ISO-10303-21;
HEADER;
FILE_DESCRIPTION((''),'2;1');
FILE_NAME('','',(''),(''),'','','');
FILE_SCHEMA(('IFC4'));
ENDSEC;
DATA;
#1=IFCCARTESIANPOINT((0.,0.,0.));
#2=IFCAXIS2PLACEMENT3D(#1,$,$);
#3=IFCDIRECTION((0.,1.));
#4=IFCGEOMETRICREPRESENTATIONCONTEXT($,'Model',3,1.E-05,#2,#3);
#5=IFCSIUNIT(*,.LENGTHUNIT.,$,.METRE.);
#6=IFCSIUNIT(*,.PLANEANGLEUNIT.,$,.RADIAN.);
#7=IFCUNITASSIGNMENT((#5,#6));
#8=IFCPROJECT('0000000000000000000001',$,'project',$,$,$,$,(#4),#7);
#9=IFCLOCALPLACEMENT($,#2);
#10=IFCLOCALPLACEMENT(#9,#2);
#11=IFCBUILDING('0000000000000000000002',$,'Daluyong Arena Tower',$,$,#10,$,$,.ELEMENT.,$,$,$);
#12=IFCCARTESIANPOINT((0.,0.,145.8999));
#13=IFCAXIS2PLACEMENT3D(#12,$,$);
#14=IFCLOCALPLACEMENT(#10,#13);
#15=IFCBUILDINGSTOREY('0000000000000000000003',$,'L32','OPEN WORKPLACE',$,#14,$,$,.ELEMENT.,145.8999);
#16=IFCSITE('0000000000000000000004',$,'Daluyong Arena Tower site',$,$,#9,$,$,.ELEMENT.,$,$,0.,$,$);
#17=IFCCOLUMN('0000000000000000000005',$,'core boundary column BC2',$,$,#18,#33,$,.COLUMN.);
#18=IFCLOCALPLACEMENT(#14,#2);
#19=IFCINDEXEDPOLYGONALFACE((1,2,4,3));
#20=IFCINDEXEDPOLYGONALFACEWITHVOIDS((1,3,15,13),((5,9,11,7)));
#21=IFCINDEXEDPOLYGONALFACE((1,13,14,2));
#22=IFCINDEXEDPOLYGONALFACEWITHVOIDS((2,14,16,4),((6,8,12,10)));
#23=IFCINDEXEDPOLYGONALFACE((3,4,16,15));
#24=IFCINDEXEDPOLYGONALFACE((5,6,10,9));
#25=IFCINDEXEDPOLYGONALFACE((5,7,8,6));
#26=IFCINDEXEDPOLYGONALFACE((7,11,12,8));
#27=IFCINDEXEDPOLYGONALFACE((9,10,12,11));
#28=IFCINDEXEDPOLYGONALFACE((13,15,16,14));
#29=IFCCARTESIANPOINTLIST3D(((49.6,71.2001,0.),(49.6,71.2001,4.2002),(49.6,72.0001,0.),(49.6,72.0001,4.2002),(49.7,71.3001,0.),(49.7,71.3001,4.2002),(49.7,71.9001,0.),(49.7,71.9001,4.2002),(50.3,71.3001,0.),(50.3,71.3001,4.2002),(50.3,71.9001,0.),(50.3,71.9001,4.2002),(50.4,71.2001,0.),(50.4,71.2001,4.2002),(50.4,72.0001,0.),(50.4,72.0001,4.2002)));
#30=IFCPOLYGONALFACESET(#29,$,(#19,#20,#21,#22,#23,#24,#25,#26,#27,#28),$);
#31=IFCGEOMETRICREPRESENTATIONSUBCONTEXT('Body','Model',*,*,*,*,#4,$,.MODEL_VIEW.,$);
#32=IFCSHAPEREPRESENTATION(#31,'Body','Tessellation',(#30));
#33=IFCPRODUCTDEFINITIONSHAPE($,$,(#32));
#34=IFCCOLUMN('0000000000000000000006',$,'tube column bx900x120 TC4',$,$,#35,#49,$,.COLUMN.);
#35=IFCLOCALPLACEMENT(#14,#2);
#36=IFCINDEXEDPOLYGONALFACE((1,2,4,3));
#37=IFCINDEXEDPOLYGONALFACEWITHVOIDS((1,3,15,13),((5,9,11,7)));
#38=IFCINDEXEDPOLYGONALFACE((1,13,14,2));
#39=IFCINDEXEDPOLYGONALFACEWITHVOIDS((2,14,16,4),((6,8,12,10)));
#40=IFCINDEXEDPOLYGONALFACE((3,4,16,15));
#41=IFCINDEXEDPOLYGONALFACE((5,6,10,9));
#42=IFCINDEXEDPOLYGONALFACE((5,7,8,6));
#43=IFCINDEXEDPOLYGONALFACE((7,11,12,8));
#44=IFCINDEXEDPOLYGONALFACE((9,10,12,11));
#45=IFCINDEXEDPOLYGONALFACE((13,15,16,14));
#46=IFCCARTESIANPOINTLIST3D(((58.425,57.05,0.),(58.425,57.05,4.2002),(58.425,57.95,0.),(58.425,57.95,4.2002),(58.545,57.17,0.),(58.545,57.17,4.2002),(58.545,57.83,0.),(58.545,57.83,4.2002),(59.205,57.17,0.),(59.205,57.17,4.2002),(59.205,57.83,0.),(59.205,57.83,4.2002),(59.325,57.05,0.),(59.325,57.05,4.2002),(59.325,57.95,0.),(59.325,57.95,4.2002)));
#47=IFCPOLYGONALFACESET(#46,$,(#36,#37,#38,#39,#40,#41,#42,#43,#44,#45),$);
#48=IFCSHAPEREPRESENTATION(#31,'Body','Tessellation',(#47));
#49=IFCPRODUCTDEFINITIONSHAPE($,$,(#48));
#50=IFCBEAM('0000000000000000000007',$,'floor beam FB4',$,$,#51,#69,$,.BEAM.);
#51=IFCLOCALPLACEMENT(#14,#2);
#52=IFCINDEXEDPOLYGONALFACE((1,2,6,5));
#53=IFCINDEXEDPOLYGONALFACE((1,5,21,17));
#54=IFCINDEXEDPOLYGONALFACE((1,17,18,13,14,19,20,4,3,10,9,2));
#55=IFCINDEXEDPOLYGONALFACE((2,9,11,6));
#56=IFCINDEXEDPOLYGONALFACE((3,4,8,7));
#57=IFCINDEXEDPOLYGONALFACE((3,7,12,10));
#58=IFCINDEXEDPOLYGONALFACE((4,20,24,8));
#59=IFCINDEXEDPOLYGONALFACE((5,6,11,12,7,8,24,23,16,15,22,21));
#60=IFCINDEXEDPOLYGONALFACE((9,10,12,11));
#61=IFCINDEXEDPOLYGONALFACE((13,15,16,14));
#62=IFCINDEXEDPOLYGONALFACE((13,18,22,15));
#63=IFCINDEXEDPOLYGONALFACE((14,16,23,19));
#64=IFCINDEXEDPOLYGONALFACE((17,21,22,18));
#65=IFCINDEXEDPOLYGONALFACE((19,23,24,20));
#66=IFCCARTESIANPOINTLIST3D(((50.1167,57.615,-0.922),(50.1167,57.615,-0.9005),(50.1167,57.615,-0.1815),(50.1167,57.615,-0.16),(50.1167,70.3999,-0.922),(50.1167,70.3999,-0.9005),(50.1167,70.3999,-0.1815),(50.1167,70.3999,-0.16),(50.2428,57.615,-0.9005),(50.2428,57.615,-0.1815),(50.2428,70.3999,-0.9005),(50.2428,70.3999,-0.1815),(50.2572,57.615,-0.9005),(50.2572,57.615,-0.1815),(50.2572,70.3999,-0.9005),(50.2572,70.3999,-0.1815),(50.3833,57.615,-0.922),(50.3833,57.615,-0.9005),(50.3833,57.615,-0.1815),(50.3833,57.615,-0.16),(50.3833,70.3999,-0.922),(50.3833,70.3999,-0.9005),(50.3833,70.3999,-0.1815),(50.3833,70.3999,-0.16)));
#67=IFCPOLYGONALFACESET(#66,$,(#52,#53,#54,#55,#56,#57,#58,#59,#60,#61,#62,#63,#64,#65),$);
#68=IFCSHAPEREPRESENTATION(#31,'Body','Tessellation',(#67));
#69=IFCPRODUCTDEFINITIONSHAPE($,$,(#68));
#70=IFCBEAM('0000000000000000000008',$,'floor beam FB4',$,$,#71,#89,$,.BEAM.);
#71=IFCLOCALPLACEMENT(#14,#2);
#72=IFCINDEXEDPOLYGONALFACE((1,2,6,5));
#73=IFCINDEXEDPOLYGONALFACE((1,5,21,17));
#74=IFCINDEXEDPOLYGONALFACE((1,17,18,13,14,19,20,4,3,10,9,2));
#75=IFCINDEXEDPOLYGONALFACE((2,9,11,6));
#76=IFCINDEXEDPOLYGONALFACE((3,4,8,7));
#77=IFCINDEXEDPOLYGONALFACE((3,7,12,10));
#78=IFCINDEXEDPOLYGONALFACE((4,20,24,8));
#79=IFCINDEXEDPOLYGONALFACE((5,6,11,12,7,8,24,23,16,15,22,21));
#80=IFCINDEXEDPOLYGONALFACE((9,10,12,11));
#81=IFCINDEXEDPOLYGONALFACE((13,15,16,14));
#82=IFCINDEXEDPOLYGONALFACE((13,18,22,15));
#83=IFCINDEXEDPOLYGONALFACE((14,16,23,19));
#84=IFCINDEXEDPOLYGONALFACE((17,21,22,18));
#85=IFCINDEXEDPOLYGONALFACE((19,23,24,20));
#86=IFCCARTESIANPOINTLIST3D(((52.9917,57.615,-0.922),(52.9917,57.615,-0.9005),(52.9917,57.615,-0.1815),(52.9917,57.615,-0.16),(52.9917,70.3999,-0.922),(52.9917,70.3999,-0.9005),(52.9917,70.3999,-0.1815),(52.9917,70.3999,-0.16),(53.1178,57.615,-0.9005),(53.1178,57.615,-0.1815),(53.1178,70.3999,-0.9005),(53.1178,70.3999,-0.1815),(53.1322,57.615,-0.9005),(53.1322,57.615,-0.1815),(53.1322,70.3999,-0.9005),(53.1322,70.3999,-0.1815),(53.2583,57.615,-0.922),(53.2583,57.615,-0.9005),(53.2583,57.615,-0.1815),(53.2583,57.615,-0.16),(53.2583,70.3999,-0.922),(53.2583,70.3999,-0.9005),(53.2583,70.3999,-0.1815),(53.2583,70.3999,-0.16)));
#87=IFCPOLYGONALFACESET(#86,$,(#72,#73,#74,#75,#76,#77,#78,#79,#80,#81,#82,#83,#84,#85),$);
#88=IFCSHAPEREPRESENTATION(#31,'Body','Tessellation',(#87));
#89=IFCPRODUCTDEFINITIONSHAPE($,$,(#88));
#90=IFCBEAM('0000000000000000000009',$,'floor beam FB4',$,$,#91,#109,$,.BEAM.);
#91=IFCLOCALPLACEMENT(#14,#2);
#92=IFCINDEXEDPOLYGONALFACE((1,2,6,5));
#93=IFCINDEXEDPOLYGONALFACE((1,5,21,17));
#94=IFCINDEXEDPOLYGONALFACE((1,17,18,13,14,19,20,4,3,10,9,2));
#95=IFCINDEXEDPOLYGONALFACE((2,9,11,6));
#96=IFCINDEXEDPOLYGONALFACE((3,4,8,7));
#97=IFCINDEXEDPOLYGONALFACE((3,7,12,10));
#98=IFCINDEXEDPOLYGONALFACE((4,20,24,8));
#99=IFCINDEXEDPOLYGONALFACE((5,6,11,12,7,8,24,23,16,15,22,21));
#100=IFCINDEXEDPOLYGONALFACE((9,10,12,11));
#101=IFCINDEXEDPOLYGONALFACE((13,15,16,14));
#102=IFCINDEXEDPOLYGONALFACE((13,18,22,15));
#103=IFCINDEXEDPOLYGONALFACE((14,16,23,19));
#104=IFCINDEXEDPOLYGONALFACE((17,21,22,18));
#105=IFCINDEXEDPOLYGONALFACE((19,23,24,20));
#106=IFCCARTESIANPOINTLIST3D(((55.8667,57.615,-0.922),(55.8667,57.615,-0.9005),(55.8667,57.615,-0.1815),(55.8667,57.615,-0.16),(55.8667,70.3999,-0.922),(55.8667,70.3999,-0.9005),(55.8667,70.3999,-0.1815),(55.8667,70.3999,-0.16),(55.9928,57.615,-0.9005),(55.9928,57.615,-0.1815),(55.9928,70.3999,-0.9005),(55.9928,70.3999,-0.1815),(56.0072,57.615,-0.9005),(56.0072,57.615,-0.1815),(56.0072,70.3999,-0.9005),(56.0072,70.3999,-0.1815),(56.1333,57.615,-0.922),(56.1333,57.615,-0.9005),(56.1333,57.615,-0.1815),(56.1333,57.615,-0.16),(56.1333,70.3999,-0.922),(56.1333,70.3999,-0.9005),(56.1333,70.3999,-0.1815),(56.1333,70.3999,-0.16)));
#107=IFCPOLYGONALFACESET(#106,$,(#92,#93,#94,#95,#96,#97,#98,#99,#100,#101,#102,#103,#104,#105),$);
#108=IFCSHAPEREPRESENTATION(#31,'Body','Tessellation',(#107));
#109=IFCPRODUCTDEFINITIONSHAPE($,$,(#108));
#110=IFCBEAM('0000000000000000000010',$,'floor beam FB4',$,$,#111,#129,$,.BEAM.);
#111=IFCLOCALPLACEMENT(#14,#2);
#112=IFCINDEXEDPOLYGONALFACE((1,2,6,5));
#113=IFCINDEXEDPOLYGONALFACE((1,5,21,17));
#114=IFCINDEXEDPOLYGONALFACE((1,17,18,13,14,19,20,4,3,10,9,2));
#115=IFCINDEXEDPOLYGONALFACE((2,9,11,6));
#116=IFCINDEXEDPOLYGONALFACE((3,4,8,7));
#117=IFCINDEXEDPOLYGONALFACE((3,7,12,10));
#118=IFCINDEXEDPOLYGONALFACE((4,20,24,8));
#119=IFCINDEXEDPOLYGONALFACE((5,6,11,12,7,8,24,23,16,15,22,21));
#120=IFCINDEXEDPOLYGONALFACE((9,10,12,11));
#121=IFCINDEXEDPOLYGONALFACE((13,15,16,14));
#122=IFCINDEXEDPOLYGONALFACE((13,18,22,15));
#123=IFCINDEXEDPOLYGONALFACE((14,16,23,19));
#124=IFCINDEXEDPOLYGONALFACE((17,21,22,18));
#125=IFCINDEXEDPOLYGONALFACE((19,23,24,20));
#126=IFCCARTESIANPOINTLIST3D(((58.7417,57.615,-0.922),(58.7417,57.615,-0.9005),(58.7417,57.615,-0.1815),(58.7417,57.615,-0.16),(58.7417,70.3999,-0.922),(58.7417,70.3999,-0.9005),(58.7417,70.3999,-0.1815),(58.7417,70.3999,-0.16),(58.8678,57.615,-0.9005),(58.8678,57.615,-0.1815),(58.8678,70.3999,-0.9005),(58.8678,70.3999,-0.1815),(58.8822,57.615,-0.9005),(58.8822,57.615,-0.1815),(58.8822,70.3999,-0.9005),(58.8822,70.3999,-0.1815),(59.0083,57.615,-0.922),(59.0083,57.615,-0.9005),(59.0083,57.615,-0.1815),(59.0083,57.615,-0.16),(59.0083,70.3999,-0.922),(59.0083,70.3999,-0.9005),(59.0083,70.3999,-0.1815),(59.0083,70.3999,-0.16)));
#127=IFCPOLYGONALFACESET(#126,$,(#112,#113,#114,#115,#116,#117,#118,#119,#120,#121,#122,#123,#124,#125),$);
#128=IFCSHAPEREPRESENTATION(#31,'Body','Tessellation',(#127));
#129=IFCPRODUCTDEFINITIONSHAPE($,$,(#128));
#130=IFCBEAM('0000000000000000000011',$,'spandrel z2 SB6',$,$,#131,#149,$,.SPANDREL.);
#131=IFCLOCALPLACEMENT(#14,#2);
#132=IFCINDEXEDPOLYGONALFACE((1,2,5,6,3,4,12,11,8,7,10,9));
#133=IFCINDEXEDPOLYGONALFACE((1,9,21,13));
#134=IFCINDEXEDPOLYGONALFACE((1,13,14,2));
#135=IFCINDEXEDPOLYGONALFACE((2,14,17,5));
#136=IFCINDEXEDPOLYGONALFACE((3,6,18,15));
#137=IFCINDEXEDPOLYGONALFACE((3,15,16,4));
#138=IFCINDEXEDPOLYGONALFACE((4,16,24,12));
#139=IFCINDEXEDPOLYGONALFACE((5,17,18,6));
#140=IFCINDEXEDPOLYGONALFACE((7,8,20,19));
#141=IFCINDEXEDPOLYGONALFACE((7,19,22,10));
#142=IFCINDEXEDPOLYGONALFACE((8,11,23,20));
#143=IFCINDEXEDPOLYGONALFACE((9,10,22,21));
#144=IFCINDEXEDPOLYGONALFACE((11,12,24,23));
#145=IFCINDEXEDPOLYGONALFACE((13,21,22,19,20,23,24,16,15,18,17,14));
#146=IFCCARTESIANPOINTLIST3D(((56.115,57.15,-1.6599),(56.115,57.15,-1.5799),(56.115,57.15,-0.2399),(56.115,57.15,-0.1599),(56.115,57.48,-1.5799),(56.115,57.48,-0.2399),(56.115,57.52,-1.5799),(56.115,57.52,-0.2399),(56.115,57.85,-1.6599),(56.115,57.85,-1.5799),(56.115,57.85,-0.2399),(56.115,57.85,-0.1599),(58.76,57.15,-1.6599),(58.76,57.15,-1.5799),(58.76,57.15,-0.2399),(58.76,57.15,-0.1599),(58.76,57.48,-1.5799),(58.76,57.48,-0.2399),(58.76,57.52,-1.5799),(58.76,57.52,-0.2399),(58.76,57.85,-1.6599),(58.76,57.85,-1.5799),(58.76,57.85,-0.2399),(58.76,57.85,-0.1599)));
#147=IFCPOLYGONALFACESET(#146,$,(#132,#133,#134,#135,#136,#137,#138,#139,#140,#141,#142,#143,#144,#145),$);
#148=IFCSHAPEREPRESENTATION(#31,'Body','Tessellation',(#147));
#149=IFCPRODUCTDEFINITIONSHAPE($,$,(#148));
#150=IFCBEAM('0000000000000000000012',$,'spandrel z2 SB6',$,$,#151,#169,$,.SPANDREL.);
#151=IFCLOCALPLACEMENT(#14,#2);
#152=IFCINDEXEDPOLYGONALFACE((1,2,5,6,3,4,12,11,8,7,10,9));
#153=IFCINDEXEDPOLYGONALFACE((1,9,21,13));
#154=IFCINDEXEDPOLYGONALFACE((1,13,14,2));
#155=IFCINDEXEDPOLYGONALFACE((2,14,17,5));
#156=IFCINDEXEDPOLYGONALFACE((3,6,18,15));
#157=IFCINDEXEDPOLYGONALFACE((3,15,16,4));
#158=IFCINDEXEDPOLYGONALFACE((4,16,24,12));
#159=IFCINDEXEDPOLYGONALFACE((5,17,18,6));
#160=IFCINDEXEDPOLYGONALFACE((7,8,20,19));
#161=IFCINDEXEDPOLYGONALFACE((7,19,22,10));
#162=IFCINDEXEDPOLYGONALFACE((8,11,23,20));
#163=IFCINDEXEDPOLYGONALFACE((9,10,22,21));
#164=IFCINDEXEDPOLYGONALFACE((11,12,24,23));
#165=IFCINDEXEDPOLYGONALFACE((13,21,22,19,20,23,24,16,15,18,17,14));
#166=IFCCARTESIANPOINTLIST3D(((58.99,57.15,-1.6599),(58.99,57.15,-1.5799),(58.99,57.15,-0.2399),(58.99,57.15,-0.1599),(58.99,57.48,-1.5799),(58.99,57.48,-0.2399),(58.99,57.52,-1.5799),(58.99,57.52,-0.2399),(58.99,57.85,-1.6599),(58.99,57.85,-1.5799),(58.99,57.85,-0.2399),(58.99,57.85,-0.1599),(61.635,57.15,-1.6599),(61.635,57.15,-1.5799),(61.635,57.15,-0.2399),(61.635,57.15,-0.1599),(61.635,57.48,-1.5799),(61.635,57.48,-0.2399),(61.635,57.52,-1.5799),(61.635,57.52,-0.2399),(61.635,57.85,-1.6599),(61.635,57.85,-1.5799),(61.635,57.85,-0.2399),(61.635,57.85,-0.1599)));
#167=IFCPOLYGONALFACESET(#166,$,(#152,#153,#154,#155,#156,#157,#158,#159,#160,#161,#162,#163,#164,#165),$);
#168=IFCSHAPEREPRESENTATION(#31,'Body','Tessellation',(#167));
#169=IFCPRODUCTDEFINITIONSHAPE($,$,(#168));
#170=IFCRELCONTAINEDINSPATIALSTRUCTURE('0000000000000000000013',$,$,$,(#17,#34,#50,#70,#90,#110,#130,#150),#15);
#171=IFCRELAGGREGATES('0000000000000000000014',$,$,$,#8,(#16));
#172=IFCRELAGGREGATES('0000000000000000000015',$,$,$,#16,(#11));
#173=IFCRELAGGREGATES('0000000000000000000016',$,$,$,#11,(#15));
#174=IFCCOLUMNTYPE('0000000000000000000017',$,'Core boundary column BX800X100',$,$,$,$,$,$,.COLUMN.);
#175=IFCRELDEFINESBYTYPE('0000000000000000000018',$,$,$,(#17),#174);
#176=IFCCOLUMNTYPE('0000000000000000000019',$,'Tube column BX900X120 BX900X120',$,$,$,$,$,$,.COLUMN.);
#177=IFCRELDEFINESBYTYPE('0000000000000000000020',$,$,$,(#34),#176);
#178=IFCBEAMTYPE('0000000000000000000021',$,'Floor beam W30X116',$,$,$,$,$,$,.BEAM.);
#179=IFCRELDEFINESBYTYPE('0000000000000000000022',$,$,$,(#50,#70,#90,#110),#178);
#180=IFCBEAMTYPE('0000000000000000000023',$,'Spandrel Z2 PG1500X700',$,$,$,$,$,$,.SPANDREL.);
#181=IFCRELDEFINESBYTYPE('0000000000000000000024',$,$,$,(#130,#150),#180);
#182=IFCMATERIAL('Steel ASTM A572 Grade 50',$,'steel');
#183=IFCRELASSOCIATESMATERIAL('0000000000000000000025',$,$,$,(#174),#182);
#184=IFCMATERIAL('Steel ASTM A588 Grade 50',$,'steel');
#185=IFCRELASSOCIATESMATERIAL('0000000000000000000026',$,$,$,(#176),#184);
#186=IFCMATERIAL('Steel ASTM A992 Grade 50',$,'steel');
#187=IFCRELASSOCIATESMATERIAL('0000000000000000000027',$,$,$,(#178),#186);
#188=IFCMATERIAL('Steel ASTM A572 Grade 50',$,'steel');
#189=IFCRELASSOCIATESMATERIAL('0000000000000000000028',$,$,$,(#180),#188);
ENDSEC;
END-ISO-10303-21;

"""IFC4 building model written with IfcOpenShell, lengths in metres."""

from ifc_helpers import new_model, si_unit, direction, frame, origin, origin_2d, place, context, subcontext, project, spatial, hollow_rectangle, i_section, extrude, material, material_profile, profile_set, type_object, element, save


model = new_model("IFC4")

# Units and contexts
model_context = context("Model", 3, precision=1e-05, world=origin(), true_north=direction((0.0, 1.0)))
body_context = subcontext(model_context, "Body", "Model", "MODEL_VIEW")
ifc_project = project(units=[si_unit("LENGTHUNIT", "METRE"), si_unit("PLANEANGLEUNIT", "RADIAN")], contexts=[model_context])

# Site, building, storey
site_placement = place(None, origin())
site = spatial("IfcSite", under=ifc_project, at=site_placement, Name="Daluyong Arena Tower site", CompositionType="ELEMENT", RefElevation=0.0)
building_placement = place(site_placement, origin())
building = spatial("IfcBuilding", under=site, at=building_placement, Name="Daluyong Arena Tower", CompositionType="ELEMENT")
storey_placement = place(building_placement, frame((0.0, 0.0, 145.8999)))
storey = spatial("IfcBuildingStorey", under=building, at=storey_placement, Name="L32", Description="OPEN WORKPLACE", CompositionType="ELEMENT", Elevation=145.8999)

# Columns
ifc_material_1 = material(Name="Steel ASTM A572 Grade 50", Category="steel")
ifc_material_profile_1 = material_profile(ifc_material_1, hollow_rectangle(XDim=0.8, YDim=0.8, WallThickness=0.1, at=origin_2d()))
ifc_profile_set_1 = profile_set([ifc_material_profile_1], Name="Steel ASTM A572 Grade 50")
column_type_1 = type_object("IfcColumnType", Name="Core boundary column BX800X100", PredefinedType="COLUMN", material=ifc_profile_set_1)
column_1_placement = place(storey_placement, frame((50.0, 71.6001, 0.0), z_axis=(0.0, 0.0, 1.0), x_axis=(1.0, 0.0, 0.0)))
element("IfcColumn", 1, at=column_1_placement, inside=storey, type_object=column_type_1, Name="core boundary column BC2", PredefinedType="COLUMN", context=body_context, shape_type="SweptSolid", body=[
    extrude(hollow_rectangle(XDim=0.8, YDim=0.8, WallThickness=0.1, at=origin_2d()), origin(), (0.0, 0.0, 1.0), 4.2002),
])
ifc_material_2 = material(Name="Steel ASTM A588 Grade 50", Category="steel")
ifc_material_profile_2 = material_profile(ifc_material_2, hollow_rectangle(XDim=0.8999, YDim=0.8999, WallThickness=0.12, at=origin_2d()))
ifc_profile_set_2 = profile_set([ifc_material_profile_2], Name="Steel ASTM A588 Grade 50")
column_type_2 = type_object("IfcColumnType", Name="Tube column BX900X120 BX900X120", PredefinedType="COLUMN", material=ifc_profile_set_2)
column_2_placement = place(storey_placement, frame((58.875, 57.5, 0.0), z_axis=(0.0, 0.0, 1.0), x_axis=(1.0, 0.0, 0.0)))
element("IfcColumn", 2, at=column_2_placement, inside=storey, type_object=column_type_2, Name="tube column bx900x120 TC4", PredefinedType="COLUMN", context=body_context, shape_type="SweptSolid", body=[
    extrude(hollow_rectangle(XDim=0.8999, YDim=0.8999, WallThickness=0.12, at=origin_2d()), origin(), (0.0, 0.0, 1.0), 4.2002),
])

# Beams
ifc_material_3 = material(Name="Steel ASTM A992 Grade 50", Category="steel")
ifc_material_profile_3 = material_profile(ifc_material_3, i_section(OverallWidth=0.2666, OverallDepth=0.762, WebThickness=0.0144, FlangeThickness=0.0215, at=origin_2d()))
ifc_profile_set_3 = profile_set([ifc_material_profile_3], Name="Steel ASTM A992 Grade 50")
beam_type_1 = type_object("IfcBeamType", Name="Floor beam W30X116", PredefinedType="BEAM", material=ifc_profile_set_3)
for number, where, z_axis, x_axis, name in (
    (3, (50.25, 57.615, -0.541), (0.0, 1.0, 0.0), (-1.0, 0.0, 0.0), "floor beam FB4"),
    (4, (53.125, 57.615, -0.541), (0.0, 1.0, 0.0), (-1.0, 0.0, 0.0), "floor beam FB4"),
    (5, (56.0, 57.615, -0.541), (0.0, 1.0, 0.0), (-1.0, 0.0, 0.0), "floor beam FB4"),
    (6, (58.875, 57.615, -0.541), (0.0, 1.0, 0.0), (-1.0, 0.0, 0.0), "floor beam FB4"),
):
    element("IfcBeam", number, at=place(storey_placement, frame(where, z_axis=z_axis, x_axis=x_axis)), inside=storey, type_object=beam_type_1, Name=name, PredefinedType="BEAM", context=body_context, shape_type="SweptSolid", body=[
        extrude(i_section(OverallWidth=0.2666, OverallDepth=0.762, WebThickness=0.0144, FlangeThickness=0.0215, at=origin_2d()), origin(), (0.0, 0.0, 1.0), 12.7849),
    ])
ifc_material_4 = material(Name="Steel ASTM A572 Grade 50", Category="steel")
ifc_material_profile_4 = material_profile(ifc_material_4, i_section(OverallWidth=0.7, OverallDepth=1.5, WebThickness=0.04, FlangeThickness=0.08, at=origin_2d()))
ifc_profile_set_4 = profile_set([ifc_material_profile_4], Name="Steel ASTM A572 Grade 50")
beam_type_2 = type_object("IfcBeamType", Name="Spandrel Z2 PG1500X700", PredefinedType="SPANDREL", material=ifc_profile_set_4)
for number, where, z_axis, x_axis, name in (
    (7, (56.115, 57.5, -0.9099), (1.0, 0.0, 0.0), (0.0, 1.0, 0.0), "spandrel z2 SB6"),
    (8, (58.99, 57.5, -0.9099), (1.0, 0.0, 0.0), (0.0, 1.0, 0.0), "spandrel z2 SB6"),
):
    element("IfcBeam", number, at=place(storey_placement, frame(where, z_axis=z_axis, x_axis=x_axis)), inside=storey, type_object=beam_type_2, Name=name, PredefinedType="SPANDREL", context=body_context, shape_type="SweptSolid", body=[
        extrude(i_section(OverallWidth=0.7, OverallDepth=1.5, WebThickness=0.04, FlangeThickness=0.08, at=origin_2d()), origin(), (0.0, 0.0, 1.0), 2.645),
    ])

save(model, "model.ifc")
